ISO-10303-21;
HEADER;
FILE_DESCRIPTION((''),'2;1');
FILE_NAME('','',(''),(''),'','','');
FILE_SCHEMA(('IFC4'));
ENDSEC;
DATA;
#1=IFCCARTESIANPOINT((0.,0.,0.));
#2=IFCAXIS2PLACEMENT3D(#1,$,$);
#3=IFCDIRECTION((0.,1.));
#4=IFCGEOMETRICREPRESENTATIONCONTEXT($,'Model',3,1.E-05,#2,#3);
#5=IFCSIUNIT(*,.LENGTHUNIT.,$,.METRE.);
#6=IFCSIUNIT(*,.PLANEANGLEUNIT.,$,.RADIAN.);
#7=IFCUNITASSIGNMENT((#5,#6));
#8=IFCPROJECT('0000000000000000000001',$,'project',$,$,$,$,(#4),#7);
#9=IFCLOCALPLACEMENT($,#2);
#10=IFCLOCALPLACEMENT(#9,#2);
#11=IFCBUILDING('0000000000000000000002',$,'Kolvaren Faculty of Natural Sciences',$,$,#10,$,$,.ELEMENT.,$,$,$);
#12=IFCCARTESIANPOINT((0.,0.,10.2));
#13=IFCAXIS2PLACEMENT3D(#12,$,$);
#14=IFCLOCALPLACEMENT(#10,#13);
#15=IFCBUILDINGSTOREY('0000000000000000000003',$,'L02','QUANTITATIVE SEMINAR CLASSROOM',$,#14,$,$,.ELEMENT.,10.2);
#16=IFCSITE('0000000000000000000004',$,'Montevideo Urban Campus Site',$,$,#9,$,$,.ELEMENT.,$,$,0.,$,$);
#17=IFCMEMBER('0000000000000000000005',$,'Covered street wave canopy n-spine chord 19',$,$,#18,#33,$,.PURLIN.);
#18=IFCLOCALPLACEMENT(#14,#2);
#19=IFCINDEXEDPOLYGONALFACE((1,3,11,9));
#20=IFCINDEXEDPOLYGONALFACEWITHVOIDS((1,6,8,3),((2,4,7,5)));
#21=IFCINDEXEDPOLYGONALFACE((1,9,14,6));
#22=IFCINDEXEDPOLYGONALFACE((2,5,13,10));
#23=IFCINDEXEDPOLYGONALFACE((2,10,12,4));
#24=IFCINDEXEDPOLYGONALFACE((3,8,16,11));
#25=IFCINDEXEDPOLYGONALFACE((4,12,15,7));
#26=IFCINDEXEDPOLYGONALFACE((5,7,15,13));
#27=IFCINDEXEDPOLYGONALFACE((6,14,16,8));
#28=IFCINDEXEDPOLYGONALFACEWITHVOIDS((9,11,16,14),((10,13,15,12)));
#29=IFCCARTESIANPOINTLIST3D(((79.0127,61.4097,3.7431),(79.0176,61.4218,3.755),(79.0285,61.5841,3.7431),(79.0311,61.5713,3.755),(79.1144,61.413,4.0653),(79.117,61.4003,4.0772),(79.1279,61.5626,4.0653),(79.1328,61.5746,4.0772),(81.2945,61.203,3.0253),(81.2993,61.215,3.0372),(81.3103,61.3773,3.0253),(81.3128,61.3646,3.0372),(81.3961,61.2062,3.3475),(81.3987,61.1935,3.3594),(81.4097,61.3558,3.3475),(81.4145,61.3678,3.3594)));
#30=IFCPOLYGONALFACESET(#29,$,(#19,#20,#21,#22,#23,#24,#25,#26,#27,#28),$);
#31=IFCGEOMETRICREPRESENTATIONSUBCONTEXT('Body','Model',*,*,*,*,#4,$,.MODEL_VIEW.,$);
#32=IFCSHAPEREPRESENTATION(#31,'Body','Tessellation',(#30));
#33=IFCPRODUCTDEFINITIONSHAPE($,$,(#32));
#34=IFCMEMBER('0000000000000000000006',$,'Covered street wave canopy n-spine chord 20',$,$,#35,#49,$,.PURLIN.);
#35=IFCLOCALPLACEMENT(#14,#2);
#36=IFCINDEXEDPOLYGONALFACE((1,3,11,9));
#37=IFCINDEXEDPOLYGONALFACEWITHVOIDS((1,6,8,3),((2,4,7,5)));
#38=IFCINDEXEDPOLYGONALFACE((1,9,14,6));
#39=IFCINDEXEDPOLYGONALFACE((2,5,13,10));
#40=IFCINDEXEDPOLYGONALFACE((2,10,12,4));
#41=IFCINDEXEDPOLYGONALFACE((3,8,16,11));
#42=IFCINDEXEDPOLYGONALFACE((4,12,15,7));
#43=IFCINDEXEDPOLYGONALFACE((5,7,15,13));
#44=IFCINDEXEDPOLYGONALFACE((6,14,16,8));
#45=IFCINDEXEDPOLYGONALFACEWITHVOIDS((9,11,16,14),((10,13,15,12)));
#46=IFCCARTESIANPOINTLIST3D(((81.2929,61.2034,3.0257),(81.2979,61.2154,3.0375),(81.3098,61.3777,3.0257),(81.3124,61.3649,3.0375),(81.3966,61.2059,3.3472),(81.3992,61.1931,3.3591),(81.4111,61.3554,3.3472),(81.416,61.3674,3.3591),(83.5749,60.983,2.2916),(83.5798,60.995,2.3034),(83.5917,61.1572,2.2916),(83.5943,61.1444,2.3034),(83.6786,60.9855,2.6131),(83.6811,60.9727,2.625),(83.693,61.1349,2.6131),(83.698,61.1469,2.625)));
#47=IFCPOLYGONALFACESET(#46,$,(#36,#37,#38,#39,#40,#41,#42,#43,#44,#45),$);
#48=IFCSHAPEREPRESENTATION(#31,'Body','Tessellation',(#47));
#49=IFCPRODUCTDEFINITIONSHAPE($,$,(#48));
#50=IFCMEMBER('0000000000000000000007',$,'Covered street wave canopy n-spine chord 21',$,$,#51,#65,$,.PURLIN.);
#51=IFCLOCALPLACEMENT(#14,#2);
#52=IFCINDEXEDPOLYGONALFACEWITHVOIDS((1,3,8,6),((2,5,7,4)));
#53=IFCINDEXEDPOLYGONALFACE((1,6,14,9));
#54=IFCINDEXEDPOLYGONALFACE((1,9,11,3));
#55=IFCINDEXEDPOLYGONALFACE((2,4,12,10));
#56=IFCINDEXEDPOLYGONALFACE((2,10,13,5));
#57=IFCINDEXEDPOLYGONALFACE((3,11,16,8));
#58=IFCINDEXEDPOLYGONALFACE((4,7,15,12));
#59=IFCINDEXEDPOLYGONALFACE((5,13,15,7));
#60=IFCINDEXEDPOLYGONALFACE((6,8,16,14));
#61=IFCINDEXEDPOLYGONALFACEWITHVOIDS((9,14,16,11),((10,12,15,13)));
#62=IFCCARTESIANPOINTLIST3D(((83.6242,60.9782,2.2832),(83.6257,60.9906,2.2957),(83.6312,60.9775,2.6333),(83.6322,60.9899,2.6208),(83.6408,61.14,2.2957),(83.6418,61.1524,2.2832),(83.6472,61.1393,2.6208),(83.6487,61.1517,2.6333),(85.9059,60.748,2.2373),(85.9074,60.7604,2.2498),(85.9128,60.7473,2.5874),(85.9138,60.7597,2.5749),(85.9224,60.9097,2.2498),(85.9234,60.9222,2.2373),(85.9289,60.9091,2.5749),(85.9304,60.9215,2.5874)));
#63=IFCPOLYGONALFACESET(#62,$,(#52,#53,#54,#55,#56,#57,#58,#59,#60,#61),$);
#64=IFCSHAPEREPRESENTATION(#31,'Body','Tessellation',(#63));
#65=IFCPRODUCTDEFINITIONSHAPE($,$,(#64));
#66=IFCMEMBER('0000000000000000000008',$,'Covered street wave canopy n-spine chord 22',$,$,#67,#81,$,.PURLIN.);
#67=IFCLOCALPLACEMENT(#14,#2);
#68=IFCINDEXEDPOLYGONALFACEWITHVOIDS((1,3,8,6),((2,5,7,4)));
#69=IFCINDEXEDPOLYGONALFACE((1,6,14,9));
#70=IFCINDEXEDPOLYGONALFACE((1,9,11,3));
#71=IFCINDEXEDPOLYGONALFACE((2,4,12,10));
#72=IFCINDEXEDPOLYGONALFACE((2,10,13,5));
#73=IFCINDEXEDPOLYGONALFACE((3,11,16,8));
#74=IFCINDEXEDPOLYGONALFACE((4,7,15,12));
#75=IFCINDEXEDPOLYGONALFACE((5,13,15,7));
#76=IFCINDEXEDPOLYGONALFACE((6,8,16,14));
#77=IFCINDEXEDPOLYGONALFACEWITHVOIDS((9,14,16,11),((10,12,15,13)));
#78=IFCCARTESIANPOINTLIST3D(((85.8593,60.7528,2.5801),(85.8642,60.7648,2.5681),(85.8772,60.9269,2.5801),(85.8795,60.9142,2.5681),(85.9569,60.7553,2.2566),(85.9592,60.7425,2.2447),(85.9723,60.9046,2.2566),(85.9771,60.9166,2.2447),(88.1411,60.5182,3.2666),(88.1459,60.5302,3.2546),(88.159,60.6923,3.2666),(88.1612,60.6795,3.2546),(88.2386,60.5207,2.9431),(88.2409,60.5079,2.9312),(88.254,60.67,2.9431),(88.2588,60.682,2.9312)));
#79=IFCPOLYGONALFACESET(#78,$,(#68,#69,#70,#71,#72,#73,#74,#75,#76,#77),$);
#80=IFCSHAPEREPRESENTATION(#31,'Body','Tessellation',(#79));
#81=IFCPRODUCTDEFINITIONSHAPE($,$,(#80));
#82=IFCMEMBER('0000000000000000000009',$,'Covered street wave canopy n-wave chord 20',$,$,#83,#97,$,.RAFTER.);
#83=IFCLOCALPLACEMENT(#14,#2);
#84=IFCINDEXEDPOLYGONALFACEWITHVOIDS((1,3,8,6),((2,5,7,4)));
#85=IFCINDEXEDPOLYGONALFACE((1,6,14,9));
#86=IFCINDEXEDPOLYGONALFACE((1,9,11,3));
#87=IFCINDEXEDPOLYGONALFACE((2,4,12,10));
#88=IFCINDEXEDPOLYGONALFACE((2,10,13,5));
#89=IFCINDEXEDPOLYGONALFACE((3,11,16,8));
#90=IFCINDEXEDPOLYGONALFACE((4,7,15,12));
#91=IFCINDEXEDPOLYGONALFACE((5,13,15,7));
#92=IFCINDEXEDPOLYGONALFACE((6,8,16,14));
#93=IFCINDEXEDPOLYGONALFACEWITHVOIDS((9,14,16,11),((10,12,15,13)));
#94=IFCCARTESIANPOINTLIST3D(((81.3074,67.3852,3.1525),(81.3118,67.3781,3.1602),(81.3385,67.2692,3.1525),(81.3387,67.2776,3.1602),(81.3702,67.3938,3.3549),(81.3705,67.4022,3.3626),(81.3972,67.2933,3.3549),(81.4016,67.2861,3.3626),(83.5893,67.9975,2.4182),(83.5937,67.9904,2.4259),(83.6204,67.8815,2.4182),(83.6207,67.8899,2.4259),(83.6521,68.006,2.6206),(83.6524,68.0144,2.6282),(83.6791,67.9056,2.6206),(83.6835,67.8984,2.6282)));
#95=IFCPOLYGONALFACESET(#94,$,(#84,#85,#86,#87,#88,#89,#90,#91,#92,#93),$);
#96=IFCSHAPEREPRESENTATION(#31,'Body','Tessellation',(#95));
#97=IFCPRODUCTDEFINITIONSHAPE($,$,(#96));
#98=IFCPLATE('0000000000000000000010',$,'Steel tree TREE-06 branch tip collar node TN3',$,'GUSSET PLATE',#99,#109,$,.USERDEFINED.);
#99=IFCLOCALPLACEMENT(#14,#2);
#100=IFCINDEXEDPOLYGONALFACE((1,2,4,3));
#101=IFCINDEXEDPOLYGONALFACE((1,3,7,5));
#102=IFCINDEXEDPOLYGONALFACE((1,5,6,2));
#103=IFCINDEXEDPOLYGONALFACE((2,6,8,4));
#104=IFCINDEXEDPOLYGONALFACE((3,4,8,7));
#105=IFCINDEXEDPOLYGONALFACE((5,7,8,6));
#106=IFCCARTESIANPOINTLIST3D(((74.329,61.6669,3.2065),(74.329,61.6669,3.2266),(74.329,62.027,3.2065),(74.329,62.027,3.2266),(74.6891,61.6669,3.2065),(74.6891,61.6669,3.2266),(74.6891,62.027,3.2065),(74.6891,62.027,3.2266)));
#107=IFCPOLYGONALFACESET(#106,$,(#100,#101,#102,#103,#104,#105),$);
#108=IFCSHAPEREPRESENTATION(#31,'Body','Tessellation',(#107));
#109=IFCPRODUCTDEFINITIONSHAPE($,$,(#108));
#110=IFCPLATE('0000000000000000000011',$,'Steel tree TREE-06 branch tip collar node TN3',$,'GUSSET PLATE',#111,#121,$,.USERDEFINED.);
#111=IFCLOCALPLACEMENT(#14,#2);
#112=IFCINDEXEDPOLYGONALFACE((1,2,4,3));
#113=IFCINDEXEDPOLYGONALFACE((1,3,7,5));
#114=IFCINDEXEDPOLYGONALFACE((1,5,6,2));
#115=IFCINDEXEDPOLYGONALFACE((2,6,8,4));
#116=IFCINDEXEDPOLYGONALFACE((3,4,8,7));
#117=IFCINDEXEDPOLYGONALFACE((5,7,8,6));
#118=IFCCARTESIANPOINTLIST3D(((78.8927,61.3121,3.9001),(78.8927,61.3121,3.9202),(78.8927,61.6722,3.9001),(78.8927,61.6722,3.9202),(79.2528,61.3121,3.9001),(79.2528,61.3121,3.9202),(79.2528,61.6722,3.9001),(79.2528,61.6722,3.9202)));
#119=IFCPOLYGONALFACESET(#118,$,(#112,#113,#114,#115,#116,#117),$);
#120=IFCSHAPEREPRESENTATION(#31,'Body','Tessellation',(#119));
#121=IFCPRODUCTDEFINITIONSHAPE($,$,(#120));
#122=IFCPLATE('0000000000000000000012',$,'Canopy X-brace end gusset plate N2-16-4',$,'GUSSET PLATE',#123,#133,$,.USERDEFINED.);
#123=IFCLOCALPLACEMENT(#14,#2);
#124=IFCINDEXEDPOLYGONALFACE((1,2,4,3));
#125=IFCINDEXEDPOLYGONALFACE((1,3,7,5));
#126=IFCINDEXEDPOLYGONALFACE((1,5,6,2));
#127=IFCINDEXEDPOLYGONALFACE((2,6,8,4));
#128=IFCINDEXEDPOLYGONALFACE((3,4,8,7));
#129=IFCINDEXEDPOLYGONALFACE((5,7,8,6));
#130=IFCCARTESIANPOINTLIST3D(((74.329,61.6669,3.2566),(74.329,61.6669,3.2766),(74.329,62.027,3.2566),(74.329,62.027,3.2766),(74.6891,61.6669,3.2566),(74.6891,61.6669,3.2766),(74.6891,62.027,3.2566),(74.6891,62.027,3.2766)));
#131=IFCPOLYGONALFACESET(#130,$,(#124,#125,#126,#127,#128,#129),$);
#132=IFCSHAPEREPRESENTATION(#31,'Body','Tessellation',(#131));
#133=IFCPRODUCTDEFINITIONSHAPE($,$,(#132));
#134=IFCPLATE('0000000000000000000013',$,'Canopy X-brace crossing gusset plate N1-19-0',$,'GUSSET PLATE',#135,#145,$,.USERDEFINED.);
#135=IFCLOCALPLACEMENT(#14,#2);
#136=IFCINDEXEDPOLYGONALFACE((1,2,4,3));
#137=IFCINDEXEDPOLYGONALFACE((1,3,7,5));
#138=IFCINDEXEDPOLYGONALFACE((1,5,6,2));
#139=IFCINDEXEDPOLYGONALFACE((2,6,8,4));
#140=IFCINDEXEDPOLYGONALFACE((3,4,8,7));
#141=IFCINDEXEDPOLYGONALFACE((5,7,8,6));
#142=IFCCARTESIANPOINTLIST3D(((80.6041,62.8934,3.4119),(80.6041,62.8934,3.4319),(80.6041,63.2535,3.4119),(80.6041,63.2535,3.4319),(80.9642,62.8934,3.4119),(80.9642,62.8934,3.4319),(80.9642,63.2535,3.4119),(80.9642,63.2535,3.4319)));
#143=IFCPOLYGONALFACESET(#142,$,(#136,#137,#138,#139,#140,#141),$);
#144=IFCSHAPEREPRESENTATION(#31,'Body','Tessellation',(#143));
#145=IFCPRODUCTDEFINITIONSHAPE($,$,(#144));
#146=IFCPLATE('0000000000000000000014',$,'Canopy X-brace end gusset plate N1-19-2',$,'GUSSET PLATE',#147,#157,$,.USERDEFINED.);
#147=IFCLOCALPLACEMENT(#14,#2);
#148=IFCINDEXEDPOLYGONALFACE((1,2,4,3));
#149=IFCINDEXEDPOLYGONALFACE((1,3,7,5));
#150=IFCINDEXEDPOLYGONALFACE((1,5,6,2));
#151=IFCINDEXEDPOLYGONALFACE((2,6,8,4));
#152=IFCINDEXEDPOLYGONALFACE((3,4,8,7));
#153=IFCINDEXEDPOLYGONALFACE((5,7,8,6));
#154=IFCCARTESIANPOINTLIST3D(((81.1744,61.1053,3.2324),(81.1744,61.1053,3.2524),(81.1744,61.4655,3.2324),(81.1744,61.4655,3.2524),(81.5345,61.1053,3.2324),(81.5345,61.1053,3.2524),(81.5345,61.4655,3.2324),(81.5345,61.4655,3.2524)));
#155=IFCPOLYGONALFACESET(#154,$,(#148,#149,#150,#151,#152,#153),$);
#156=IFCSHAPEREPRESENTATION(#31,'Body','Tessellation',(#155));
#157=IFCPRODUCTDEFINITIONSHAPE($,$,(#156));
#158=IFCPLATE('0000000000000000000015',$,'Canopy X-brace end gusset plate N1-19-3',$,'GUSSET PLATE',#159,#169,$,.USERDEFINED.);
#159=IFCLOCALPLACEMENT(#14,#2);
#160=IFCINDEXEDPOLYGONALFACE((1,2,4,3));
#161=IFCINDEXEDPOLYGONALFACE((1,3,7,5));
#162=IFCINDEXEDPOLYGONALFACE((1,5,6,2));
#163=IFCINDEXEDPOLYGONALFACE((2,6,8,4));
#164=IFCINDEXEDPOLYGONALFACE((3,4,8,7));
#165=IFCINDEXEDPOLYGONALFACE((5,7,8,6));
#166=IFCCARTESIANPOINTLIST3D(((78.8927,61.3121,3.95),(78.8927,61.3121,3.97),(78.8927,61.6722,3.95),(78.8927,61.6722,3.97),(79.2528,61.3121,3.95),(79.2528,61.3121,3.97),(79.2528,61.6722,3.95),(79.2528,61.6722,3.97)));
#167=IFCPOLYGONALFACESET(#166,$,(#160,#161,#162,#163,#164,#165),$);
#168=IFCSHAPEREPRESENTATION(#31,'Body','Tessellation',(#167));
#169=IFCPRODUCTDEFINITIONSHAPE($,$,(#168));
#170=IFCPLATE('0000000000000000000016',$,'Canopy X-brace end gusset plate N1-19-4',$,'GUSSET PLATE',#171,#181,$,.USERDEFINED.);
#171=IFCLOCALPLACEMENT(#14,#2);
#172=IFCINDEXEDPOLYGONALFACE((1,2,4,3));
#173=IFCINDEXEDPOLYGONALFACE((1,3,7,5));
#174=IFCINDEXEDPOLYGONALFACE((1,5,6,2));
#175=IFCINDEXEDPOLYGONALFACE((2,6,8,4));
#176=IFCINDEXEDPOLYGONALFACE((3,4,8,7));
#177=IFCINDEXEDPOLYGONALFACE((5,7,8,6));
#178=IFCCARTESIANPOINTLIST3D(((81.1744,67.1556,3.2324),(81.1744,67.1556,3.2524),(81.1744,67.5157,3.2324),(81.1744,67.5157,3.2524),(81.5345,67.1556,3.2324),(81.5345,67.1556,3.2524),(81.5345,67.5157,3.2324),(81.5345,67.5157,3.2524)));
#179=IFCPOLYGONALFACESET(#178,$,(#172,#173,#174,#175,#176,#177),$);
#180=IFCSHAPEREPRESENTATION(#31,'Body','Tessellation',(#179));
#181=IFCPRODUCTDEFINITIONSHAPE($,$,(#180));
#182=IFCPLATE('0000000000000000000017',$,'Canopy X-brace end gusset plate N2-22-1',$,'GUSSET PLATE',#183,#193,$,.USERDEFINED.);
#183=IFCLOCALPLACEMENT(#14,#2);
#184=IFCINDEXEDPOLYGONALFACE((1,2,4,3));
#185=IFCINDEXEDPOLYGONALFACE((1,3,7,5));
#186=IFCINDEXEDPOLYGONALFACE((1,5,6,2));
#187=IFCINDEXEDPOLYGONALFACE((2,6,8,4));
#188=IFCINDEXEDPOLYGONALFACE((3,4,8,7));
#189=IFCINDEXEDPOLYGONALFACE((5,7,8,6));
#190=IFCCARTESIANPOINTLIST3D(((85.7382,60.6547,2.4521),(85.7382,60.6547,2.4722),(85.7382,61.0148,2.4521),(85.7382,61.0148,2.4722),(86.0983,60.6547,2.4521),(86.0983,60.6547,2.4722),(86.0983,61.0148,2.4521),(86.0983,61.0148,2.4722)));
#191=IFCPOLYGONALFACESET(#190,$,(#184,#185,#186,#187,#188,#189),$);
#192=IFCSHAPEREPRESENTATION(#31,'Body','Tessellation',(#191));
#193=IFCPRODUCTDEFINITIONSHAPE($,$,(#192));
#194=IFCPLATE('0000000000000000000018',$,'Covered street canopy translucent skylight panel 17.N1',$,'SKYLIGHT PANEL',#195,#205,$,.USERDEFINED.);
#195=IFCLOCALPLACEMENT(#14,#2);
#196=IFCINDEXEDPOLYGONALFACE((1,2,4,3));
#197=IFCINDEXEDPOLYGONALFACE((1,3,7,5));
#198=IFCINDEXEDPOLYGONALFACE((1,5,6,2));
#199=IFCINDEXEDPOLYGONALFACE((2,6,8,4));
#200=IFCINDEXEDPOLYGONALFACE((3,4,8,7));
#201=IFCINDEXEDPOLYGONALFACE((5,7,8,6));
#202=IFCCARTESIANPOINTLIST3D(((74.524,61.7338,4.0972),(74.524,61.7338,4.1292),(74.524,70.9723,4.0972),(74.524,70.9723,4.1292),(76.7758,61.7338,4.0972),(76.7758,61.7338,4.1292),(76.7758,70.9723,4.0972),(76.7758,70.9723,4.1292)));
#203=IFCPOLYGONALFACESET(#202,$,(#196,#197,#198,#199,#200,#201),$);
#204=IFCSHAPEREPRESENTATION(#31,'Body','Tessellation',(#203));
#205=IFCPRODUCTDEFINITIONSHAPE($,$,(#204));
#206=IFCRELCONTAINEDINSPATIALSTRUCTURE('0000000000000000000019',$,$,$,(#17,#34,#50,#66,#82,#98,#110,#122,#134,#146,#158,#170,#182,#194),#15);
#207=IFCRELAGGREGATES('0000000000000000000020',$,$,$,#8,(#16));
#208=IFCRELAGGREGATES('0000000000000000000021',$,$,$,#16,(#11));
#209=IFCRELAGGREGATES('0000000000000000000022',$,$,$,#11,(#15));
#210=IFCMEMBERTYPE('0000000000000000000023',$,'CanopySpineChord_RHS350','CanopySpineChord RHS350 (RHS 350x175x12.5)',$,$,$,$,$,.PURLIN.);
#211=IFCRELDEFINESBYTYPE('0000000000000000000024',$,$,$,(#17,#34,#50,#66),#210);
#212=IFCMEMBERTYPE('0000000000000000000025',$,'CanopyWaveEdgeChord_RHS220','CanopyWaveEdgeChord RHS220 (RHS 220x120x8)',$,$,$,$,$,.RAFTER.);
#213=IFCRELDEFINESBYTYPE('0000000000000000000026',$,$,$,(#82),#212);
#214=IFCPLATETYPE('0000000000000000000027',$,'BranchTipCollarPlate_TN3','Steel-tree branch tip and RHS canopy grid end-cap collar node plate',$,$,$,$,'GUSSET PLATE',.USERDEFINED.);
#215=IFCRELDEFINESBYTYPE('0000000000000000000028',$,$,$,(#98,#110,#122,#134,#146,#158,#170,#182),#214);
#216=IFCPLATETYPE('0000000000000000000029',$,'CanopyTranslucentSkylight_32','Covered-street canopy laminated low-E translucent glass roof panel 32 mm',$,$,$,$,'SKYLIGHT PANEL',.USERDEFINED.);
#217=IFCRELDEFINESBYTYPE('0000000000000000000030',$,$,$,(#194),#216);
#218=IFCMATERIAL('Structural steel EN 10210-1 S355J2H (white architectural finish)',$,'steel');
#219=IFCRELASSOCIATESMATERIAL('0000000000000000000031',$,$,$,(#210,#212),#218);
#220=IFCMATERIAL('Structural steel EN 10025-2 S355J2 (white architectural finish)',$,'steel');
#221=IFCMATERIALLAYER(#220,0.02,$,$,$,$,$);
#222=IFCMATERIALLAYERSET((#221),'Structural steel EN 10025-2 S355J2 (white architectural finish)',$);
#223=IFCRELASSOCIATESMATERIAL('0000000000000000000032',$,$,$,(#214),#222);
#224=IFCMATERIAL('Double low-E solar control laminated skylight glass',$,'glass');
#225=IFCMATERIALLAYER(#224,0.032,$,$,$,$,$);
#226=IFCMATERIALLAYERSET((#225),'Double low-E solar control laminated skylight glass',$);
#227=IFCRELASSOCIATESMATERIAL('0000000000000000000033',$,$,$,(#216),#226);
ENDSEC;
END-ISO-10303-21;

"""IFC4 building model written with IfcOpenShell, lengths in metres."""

from ifc_helpers import new_model, si_unit, direction, frame, origin, origin_2d, place, context, subcontext, project, spatial, rectangle, hollow_rectangle, extrude, material, layer, layer_set, material_profile, profile_set, type_object, element, save


model = new_model("IFC4")

# Units and contexts
model_context = context("Model", 3, precision=1e-05, world=origin(), true_north=direction((0.0, 1.0)))
body_context = subcontext(model_context, "Body", "Model", "MODEL_VIEW")
ifc_project = project(units=[si_unit("LENGTHUNIT", "METRE"), si_unit("PLANEANGLEUNIT", "RADIAN")], contexts=[model_context])

# Site, building, storey
site_placement = place(None, origin())
site = spatial("IfcSite", under=ifc_project, at=site_placement, Name="Montevideo Urban Campus Site", CompositionType="ELEMENT", RefElevation=0.0)
building_placement = place(site_placement, origin())
building = spatial("IfcBuilding", under=site, at=building_placement, Name="Kolvaren Faculty of Natural Sciences", CompositionType="ELEMENT")
storey_placement = place(building_placement, frame((0.0, 0.0, 10.2)))
storey = spatial("IfcBuildingStorey", under=building, at=storey_placement, Name="L02", Description="QUANTITATIVE SEMINAR CLASSROOM", CompositionType="ELEMENT", Elevation=10.2)

# Members
ifc_material_1 = material(Name="Structural steel EN 10210-1 S355J2H (white architectural finish)", Category="steel")
ifc_material_profile_1 = material_profile(ifc_material_1, hollow_rectangle(XDim=0.175, YDim=0.3501, WallThickness=0.0125, at=origin_2d()), Name="RHS 350x175x12.5")
ifc_profile_set_1 = profile_set([ifc_material_profile_1], Name="Structural steel EN 10210-1 S355J2H (white architectural finish)")
member_type_1 = type_object("IfcMemberType", Name="CanopySpineChord_RHS350", Description="CanopySpineChord RHS350 (RHS 350x175x12.5)", PredefinedType="PURLIN", material=ifc_profile_set_1)
member_1_placement = place(storey_placement, frame((79.0728, 61.4922, 3.9102), z_axis=(0.950371, -0.086129, -0.298961), x_axis=(0.090257, 0.995918, 0.0)))
element("IfcMember", 1, at=member_1_placement, inside=storey, type_object=member_type_1, Name="Covered street wave canopy n-spine chord 19", PredefinedType="PURLIN", context=body_context, shape_type="SweptSolid", body=[
    extrude(hollow_rectangle(XDim=0.175, YDim=0.3501, WallThickness=0.0125, at=origin_2d()), origin(), (0.0, 0.0, 1.0), 2.4009),
])
member_2_placement = place(storey_placement, frame((81.3545, 61.2854, 3.1924), z_axis=(0.947951, -0.09158, -0.304963), x_axis=(0.096161, 0.995366, 0.0)))
element("IfcMember", 2, at=member_2_placement, inside=storey, type_object=member_type_1, Name="Covered street wave canopy n-spine chord 20", PredefinedType="PURLIN", context=body_context, shape_type="SweptSolid", body=[
    extrude(hollow_rectangle(XDim=0.175, YDim=0.3501, WallThickness=0.0125, at=origin_2d()), origin(), (0.0, 0.0, 1.0), 2.4072),
])
member_3_placement = place(storey_placement, frame((83.6365, 61.0649, 2.4583), z_axis=(0.994749, -0.100369, -0.02001), x_axis=(0.100389, 0.994948, 0.0)))
element("IfcMember", 3, at=member_3_placement, inside=storey, type_object=member_type_1, Name="Covered street wave canopy n-spine chord 21", PredefinedType="PURLIN", context=body_context, shape_type="SweptSolid", body=[
    extrude(hollow_rectangle(XDim=0.175, YDim=0.3501, WallThickness=0.0125, at=origin_2d()), origin(), (0.0, 0.0, 1.0), 2.2937),
])
member_4_placement = place(storey_placement, frame((85.9182, 60.8347, 2.4124), z_axis=(0.952986, -0.097991, 0.286732), x_axis=(0.102285, 0.994755, 0.0)))
element("IfcMember", 4, at=member_4_placement, inside=storey, type_object=member_type_1, Name="Covered street wave canopy n-spine chord 22", PredefinedType="PURLIN", context=body_context, shape_type="SweptSolid", body=[
    extrude(hollow_rectangle(XDim=0.175, YDim=0.3501, WallThickness=0.0125, at=origin_2d()), origin(), (0.0, 0.0, 1.0), 2.3943),
])
ifc_material_profile_2 = material_profile(ifc_material_1, hollow_rectangle(XDim=0.1201, YDim=0.22, WallThickness=0.0081, at=origin_2d()), Name="RHS 220x120x8")
ifc_profile_set_2 = profile_set([ifc_material_profile_2], Name="Structural steel EN 10210-1 S355J2H (white architectural finish)")
member_type_2 = type_object("IfcMemberType", Name="CanopyWaveEdgeChord_RHS220", Description="CanopyWaveEdgeChord RHS220 (RHS 220x120x8)", PredefinedType="RAFTER", material=ifc_profile_set_2)
member_5_placement = place(storey_placement, frame((81.3545, 67.3357, 3.2576), z_axis=(0.922311, 0.247476, -0.296813), x_axis=(-0.259154, 0.965836, 0.0)))
element("IfcMember", 5, at=member_5_placement, inside=storey, type_object=member_type_2, Name="Covered street wave canopy n-wave chord 20", PredefinedType="RAFTER", context=body_context, shape_type="SweptSolid", body=[
    extrude(hollow_rectangle(XDim=0.1201, YDim=0.22, WallThickness=0.0081, at=origin_2d()), origin(), (0.0, 0.0, 1.0), 2.4741),
])

# Plates
ifc_material_2 = material(Name="Structural steel EN 10025-2 S355J2 (white architectural finish)", Category="steel")
ifc_layer_1 = layer(ifc_material_2, 0.02)
ifc_layer_set_1 = layer_set([ifc_layer_1], Name="Structural steel EN 10025-2 S355J2 (white architectural finish)")
plate_type_1 = type_object("IfcPlateType", Name="BranchTipCollarPlate_TN3", Description="Steel-tree branch tip and RHS canopy grid end-cap collar node plate", ElementType="GUSSET PLATE", PredefinedType="USERDEFINED", material=ifc_layer_set_1)
for number, where, z_axis, x_axis, name in (
    (6, (74.509, 61.8469, 3.2065), (0.0, 0.0, 1.0), (1.0, 0.0, 0.0), "Steel tree TREE-06 branch tip collar node TN3"),
    (7, (79.0728, 61.4922, 3.9001), (0.0, 0.0, 1.0), (1.0, 0.0, 0.0), "Steel tree TREE-06 branch tip collar node TN3"),
    (8, (74.509, 61.8469, 3.2566), (0.0, 0.0, 1.0), (1.0, 0.0, 0.0), "Canopy X-brace end gusset plate N2-16-4"),
    (9, (80.7842, 63.0735, 3.4119), (0.0, 0.0, 1.0), (1.0, 0.0, 0.0), "Canopy X-brace crossing gusset plate N1-19-0"),
    (10, (81.3545, 61.2854, 3.2324), (0.0, 0.0, 1.0), (1.0, 0.0, 0.0), "Canopy X-brace end gusset plate N1-19-2"),
    (11, (79.0728, 61.4922, 3.95), (0.0, 0.0, 1.0), (1.0, 0.0, 0.0), "Canopy X-brace end gusset plate N1-19-3"),
    (12, (81.3545, 67.3357, 3.2324), (0.0, 0.0, 1.0), (1.0, 0.0, 0.0), "Canopy X-brace end gusset plate N1-19-4"),
    (13, (85.9182, 60.8347, 2.4521), (0.0, 0.0, 1.0), (1.0, 0.0, 0.0), "Canopy X-brace end gusset plate N2-22-1"),
):
    element("IfcPlate", number, at=place(storey_placement, frame(where, z_axis=z_axis, x_axis=x_axis)), inside=storey, type_object=plate_type_1, Name=name, ObjectType="GUSSET PLATE", PredefinedType="USERDEFINED", context=body_context, shape_type="SweptSolid", body=[
        extrude(rectangle(XDim=0.3601, YDim=0.3601, at=origin_2d()), origin(), (0.0, 0.0, 1.0), 0.02),
    ])
ifc_material_3 = material(Name="Double low-E solar control laminated skylight glass", Category="glass")
ifc_layer_2 = layer(ifc_material_3, 0.032)
ifc_layer_set_2 = layer_set([ifc_layer_2], Name="Double low-E solar control laminated skylight glass")
plate_type_2 = type_object("IfcPlateType", Name="CanopyTranslucentSkylight_32", Description="Covered-street canopy laminated low-E translucent glass roof panel 32 mm", ElementType="SKYLIGHT PANEL", PredefinedType="USERDEFINED", material=ifc_layer_set_2)
plate_1_placement = place(storey_placement, frame((75.6499, 66.353, 4.0972), z_axis=(0.0, 0.0, 1.0), x_axis=(1.0, 0.0, 0.0)))
element("IfcPlate", 14, at=plate_1_placement, inside=storey, type_object=plate_type_2, Name="Covered street canopy translucent skylight panel 17.N1", ObjectType="SKYLIGHT PANEL", PredefinedType="USERDEFINED", context=body_context, shape_type="SweptSolid", body=[
    extrude(rectangle(XDim=2.2517, YDim=9.2385, at=origin_2d()), origin(), (0.0, 0.0, 1.0), 0.032),
])

save(model, "model.ifc")
